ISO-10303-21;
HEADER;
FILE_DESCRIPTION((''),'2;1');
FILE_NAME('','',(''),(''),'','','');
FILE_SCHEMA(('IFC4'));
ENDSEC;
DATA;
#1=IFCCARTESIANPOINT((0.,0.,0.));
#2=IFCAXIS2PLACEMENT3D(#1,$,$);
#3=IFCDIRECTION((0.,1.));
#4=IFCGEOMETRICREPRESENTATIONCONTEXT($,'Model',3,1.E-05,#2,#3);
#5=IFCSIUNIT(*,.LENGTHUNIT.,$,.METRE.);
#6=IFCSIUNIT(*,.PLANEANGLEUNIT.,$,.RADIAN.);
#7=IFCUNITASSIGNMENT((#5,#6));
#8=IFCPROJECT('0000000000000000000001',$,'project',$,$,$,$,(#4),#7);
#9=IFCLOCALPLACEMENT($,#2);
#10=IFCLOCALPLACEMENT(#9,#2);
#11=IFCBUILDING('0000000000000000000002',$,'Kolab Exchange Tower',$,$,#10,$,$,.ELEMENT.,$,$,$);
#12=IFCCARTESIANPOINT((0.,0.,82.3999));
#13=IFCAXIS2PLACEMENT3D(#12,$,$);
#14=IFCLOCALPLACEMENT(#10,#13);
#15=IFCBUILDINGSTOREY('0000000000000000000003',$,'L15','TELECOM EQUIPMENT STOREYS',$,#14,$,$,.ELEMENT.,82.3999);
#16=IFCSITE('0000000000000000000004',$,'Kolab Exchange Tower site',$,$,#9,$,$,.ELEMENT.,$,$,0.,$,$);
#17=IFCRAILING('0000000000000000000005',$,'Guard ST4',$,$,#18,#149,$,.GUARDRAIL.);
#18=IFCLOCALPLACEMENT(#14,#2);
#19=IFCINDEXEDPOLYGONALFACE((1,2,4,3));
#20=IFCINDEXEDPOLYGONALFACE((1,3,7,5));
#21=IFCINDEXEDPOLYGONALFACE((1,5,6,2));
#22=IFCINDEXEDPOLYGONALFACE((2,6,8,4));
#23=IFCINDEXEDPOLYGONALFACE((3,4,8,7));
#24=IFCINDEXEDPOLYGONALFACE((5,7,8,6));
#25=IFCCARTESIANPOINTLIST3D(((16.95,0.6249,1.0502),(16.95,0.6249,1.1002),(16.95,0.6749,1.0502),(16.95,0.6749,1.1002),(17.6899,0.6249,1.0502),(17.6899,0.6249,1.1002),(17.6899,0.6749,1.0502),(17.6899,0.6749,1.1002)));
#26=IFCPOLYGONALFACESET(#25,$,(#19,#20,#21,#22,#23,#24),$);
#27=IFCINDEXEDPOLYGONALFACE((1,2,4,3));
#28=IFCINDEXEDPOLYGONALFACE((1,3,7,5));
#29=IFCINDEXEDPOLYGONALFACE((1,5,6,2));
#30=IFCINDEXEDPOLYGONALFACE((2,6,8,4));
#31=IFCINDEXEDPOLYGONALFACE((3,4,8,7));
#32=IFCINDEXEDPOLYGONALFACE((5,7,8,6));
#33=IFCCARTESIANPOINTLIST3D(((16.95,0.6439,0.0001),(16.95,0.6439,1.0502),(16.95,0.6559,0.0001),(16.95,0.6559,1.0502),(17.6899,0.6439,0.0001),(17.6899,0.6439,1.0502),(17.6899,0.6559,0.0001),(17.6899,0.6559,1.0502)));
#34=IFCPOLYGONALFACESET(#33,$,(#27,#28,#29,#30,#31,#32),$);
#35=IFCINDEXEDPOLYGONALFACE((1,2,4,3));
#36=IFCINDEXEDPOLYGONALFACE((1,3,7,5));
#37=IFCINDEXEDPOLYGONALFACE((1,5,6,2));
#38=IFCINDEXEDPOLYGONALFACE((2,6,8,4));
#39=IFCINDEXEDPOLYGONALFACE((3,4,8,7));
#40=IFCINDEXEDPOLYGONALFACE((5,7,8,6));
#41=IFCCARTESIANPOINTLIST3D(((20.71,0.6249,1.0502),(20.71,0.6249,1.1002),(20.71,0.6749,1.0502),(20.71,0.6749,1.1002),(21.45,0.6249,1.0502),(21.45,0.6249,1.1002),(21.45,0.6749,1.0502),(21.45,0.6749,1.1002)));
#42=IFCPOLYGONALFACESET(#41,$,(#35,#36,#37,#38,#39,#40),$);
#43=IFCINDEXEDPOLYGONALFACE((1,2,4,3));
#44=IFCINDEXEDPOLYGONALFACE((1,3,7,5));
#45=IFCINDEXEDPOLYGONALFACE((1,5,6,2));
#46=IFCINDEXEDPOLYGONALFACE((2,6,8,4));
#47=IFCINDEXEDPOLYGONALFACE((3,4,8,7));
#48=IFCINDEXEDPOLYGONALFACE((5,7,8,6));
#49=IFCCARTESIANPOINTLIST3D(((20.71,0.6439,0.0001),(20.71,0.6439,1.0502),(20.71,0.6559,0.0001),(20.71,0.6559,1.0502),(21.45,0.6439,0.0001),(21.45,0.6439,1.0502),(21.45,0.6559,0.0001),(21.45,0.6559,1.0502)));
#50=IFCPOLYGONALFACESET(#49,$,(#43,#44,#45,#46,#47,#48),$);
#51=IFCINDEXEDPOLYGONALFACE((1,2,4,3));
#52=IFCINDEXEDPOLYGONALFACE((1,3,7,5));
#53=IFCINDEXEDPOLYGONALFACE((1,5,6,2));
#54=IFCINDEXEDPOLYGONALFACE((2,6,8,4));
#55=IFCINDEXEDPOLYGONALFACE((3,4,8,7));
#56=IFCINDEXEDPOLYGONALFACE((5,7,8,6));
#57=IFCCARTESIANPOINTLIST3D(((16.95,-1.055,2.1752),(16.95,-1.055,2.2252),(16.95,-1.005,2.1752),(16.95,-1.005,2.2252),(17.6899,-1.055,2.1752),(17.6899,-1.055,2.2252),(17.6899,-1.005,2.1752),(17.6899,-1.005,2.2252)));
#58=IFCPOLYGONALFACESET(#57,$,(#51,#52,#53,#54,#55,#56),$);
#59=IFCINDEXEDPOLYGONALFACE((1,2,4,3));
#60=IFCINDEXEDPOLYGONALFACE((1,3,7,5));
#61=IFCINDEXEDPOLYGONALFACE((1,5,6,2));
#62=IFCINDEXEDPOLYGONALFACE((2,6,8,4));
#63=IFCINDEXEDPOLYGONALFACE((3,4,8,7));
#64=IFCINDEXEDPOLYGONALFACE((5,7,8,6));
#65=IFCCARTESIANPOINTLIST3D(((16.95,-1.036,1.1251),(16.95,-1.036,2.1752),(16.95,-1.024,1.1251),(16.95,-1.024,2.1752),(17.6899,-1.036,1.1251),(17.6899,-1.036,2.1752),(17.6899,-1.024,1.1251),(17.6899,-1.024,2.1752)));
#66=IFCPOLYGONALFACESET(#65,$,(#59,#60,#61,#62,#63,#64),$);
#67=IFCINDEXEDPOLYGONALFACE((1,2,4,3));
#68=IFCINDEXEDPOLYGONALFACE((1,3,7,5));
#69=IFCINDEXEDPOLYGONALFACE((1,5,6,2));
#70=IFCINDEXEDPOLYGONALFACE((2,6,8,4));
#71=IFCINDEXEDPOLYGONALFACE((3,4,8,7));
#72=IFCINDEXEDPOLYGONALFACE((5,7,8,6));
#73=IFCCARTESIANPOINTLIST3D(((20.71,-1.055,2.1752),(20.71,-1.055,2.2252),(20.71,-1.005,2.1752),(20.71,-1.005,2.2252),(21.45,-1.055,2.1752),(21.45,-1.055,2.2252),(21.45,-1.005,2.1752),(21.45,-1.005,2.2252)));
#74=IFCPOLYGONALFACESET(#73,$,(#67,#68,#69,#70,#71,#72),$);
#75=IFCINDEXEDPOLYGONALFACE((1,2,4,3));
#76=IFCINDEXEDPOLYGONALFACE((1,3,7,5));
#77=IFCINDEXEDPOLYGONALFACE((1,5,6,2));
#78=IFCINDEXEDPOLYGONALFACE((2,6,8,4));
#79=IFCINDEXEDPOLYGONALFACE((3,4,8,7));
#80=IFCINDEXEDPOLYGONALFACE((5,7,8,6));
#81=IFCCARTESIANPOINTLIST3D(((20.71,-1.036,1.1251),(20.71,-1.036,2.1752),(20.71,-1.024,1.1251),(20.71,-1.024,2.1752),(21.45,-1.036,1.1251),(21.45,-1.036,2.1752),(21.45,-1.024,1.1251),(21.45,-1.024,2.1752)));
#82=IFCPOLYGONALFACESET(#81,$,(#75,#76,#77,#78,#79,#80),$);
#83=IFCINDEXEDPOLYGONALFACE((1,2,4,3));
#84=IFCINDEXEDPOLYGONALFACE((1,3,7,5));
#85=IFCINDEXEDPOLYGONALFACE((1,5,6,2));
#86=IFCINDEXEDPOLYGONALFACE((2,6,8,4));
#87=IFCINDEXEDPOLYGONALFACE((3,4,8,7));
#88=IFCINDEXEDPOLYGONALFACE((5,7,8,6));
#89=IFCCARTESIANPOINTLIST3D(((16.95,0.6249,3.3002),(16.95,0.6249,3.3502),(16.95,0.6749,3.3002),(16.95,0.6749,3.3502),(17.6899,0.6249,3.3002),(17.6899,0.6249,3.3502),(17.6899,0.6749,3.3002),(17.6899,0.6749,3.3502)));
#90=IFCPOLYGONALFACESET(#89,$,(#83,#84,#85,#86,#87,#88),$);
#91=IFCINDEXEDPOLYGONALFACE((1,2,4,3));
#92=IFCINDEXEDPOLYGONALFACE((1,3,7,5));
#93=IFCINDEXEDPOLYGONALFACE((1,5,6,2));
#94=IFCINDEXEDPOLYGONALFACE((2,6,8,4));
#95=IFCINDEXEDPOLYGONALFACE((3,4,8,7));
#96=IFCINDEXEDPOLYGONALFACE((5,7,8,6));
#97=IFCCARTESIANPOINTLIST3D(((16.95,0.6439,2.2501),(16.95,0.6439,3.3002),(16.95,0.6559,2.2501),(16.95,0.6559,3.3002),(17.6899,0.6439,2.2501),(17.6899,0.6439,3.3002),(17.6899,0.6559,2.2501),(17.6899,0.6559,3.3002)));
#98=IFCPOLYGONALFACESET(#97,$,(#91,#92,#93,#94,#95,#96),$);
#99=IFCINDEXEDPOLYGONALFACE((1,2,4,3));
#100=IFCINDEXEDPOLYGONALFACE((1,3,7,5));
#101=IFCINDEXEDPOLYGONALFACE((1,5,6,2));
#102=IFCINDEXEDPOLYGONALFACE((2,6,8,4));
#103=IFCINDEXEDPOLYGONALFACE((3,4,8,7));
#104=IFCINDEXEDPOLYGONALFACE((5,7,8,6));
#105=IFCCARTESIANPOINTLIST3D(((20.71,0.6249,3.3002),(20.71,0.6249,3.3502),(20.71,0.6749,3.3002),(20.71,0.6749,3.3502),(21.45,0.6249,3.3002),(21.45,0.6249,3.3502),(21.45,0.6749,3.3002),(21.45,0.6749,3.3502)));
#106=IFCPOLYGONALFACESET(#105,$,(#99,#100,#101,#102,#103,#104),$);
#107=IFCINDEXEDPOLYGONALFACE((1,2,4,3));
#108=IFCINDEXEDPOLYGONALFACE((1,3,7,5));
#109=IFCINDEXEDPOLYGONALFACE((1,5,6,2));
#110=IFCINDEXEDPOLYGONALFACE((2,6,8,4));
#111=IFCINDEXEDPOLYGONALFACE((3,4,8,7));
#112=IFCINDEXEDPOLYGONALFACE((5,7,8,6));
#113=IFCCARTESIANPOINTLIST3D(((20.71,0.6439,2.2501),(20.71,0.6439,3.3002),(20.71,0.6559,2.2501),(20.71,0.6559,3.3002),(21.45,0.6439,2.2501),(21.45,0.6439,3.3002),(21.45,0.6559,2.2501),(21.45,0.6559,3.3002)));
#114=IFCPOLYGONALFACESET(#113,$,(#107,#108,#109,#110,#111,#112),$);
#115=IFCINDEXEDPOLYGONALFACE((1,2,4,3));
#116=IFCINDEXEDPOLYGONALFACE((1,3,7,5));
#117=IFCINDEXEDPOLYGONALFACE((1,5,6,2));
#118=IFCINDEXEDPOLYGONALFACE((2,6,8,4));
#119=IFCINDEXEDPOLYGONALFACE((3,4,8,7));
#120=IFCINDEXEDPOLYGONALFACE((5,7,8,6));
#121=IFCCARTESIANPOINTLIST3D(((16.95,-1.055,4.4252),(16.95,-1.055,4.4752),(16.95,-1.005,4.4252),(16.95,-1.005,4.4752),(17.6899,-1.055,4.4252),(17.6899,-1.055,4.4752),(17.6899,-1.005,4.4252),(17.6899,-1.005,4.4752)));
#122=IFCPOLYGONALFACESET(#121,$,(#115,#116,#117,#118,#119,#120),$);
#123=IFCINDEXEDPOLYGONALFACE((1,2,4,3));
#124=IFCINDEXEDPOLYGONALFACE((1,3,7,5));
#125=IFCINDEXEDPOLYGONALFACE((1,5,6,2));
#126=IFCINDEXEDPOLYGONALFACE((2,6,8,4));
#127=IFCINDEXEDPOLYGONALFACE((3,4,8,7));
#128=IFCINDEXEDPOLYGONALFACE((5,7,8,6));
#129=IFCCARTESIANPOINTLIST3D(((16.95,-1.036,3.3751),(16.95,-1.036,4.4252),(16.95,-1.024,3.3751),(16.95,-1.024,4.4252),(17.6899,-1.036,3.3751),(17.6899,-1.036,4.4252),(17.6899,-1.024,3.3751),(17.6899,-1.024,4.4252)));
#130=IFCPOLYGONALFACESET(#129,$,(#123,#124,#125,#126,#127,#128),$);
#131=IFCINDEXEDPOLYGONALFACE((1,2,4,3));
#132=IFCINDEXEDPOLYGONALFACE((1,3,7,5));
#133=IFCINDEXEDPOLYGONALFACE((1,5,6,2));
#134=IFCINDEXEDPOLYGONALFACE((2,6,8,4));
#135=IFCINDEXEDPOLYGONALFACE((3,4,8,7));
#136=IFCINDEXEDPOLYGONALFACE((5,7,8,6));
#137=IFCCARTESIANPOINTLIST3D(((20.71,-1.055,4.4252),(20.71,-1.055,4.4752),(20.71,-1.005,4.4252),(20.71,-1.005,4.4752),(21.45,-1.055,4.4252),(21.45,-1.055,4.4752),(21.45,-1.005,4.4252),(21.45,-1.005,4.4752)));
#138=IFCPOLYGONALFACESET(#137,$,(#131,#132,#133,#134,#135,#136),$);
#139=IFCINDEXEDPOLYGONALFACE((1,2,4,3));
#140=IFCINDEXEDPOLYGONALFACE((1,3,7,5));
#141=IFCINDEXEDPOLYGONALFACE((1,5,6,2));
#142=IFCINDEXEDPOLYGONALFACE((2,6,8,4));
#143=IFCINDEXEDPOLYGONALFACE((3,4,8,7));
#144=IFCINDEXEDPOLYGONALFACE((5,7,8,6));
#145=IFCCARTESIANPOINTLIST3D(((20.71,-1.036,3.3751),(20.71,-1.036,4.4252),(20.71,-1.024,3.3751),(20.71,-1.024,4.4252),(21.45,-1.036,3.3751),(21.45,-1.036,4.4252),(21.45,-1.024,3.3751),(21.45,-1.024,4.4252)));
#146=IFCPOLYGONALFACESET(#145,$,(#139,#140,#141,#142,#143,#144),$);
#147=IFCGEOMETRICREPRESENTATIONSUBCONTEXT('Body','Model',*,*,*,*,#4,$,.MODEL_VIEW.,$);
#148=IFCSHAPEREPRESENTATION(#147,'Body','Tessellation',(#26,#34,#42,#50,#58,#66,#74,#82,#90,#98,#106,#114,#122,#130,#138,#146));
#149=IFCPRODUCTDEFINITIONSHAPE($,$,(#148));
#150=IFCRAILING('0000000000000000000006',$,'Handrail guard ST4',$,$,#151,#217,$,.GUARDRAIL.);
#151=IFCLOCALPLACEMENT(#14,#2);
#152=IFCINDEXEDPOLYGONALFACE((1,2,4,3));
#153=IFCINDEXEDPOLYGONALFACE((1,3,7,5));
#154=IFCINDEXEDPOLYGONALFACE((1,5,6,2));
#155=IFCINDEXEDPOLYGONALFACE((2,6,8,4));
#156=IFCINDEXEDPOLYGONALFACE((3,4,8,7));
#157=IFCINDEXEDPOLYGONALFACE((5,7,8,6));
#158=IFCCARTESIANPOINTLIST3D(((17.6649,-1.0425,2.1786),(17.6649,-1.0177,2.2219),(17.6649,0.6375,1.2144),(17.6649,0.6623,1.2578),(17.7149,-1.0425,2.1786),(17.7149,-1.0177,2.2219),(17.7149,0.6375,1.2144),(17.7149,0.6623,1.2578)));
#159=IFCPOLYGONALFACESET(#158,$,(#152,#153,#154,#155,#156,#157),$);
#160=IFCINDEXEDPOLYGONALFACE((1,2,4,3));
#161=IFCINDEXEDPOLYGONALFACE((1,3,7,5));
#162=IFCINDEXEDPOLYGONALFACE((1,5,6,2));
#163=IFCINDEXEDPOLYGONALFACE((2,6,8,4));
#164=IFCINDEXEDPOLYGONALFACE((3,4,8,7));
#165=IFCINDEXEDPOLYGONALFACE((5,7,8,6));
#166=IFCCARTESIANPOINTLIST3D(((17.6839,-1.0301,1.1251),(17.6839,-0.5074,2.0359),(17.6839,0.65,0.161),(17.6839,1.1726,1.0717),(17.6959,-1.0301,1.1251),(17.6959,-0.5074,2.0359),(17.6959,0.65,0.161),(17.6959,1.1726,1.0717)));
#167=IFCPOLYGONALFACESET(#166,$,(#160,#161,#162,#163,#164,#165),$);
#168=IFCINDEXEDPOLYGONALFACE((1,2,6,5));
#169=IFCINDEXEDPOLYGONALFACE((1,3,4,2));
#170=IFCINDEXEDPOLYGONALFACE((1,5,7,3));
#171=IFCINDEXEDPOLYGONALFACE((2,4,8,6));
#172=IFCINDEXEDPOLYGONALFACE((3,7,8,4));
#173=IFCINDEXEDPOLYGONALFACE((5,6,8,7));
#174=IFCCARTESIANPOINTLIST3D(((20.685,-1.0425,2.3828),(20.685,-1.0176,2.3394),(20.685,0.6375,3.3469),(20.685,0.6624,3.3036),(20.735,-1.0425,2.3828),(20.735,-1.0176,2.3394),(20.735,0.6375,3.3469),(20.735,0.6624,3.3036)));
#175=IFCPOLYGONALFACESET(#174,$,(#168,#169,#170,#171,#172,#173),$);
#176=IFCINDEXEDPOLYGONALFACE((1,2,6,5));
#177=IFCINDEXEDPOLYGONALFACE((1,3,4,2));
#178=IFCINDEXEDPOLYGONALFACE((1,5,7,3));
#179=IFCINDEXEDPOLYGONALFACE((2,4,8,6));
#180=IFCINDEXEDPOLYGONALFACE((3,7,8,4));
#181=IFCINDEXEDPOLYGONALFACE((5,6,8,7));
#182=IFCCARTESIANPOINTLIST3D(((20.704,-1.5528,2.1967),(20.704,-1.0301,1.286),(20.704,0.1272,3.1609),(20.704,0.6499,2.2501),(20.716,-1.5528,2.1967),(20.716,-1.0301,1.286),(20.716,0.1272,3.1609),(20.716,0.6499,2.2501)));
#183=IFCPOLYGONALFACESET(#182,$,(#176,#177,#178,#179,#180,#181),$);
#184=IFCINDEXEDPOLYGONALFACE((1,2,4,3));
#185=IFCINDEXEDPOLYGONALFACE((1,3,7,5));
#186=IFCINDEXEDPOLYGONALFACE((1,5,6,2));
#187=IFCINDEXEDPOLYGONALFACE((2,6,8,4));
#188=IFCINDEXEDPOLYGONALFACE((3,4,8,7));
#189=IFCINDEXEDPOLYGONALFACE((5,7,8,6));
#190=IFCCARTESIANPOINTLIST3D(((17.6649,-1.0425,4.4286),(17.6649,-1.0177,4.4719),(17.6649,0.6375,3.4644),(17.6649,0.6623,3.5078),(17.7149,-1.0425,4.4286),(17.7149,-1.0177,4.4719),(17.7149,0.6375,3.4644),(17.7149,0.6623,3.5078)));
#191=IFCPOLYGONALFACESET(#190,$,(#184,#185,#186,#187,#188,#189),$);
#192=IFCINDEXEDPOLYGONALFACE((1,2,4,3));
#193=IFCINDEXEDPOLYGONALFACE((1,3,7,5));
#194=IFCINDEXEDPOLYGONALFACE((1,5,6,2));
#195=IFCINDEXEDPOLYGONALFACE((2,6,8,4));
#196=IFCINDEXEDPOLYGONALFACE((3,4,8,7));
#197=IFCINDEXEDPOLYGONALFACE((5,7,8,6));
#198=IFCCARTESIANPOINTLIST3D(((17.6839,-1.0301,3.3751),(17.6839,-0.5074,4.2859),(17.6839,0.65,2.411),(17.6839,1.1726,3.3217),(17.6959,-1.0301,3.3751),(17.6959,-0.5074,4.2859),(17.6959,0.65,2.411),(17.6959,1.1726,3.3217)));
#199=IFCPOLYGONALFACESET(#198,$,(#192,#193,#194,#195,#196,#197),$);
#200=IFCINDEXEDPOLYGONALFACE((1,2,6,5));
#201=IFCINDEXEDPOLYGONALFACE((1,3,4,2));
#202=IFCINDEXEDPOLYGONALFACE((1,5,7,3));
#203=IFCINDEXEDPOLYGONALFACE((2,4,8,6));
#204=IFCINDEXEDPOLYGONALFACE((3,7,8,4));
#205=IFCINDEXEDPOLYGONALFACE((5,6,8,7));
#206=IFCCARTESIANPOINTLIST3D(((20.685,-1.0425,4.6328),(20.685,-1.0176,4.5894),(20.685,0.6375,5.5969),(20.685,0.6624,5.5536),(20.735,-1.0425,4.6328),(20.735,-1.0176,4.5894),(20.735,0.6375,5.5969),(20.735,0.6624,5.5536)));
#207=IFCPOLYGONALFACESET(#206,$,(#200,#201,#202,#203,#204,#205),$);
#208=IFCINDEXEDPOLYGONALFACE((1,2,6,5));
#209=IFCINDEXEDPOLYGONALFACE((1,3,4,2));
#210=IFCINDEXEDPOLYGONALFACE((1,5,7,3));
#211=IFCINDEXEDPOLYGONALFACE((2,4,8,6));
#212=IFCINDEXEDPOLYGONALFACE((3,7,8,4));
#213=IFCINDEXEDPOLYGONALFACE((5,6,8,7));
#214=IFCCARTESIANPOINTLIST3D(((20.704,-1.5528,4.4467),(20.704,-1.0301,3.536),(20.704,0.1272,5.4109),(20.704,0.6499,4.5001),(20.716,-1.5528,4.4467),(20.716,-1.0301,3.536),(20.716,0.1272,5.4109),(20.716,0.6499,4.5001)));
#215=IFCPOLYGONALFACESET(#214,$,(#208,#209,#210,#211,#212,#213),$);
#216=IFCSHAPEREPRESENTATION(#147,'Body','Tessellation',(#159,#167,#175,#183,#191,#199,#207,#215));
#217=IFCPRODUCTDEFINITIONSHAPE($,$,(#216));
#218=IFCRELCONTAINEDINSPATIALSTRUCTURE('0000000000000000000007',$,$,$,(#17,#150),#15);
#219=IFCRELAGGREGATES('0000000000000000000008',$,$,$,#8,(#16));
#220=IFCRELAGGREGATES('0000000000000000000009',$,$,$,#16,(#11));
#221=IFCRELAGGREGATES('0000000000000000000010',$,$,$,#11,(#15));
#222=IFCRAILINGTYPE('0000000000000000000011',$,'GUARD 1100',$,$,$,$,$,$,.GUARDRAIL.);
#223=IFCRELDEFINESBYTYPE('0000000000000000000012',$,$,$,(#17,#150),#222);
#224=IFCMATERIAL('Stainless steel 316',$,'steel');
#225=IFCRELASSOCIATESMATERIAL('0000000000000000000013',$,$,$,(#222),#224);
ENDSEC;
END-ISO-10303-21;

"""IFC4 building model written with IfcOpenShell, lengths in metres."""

from ifc_helpers import new_model, si_unit, direction, frame, frame_2d, origin, origin_2d, place, context, subcontext, project, spatial, rectangle, extrude, material, type_object, element, save


model = new_model("IFC4")

# Units and contexts
model_context = context("Model", 3, precision=1e-05, world=origin(), true_north=direction((0.0, 1.0)))
body_context = subcontext(model_context, "Body", "Model", "MODEL_VIEW")
ifc_project = project(units=[si_unit("LENGTHUNIT", "METRE"), si_unit("PLANEANGLEUNIT", "RADIAN")], contexts=[model_context])

# Site, building, storey
site_placement = place(None, origin())
site = spatial("IfcSite", under=ifc_project, at=site_placement, Name="Kolab Exchange Tower site", CompositionType="ELEMENT", RefElevation=0.0)
building_placement = place(site_placement, origin())
building = spatial("IfcBuilding", under=site, at=building_placement, Name="Kolab Exchange Tower", CompositionType="ELEMENT")
storey_placement = place(building_placement, frame((0.0, 0.0, 82.3999)))
storey = spatial("IfcBuildingStorey", under=building, at=storey_placement, Name="L15", Description="TELECOM EQUIPMENT STOREYS", CompositionType="ELEMENT", Elevation=82.3999)

# Railings
ifc_material_1 = material(Name="Stainless steel 316", Category="steel")
railing_type = type_object("IfcRailingType", Name="GUARD 1100", PredefinedType="GUARDRAIL", material=ifc_material_1)
railing_1_placement = place(storey_placement, frame((16.95, 0.6499, 0.0)))
element("IfcRailing", 1, at=railing_1_placement, inside=storey, type_object=railing_type, Name="Guard ST4", PredefinedType="GUARDRAIL", context=body_context, shape_type="SweptSolid", body=[
    extrude(rectangle(XDim=0.05, YDim=0.05, at=origin_2d()), frame((0.0, 0.0, 1.0752), z_axis=(1.0, 0.0, 0.0), x_axis=(0.0, 1.0, 0.0)), (0.0, 0.0, 1.0), 0.74),
    extrude(rectangle(XDim=0.012, YDim=1.0501, at=frame_2d((0.0, 0.5251))), frame((0.0, 0.0, 0.0), z_axis=(1.0, 0.0, 0.0), x_axis=(0.0, 1.0, 0.0)), (0.0, 0.0, 1.0), 0.74),
    extrude(rectangle(XDim=0.05, YDim=0.05, at=origin_2d()), frame((3.76, 0.0, 1.0752), z_axis=(1.0, 0.0, 0.0), x_axis=(0.0, 1.0, 0.0)), (0.0, 0.0, 1.0), 0.74),
    extrude(rectangle(XDim=0.012, YDim=1.0501, at=frame_2d((0.0, 0.5251))), frame((3.76, 0.0, 0.0), z_axis=(1.0, 0.0, 0.0), x_axis=(0.0, 1.0, 0.0)), (0.0, 0.0, 1.0), 0.74),
    extrude(rectangle(XDim=0.05, YDim=0.05, at=origin_2d()), frame((0.0, -1.6799, 2.2002), z_axis=(1.0, 0.0, 0.0), x_axis=(0.0, 1.0, 0.0)), (0.0, 0.0, 1.0), 0.74),
    extrude(rectangle(XDim=0.012, YDim=1.0501, at=frame_2d((0.0, 0.5251))), frame((0.0, -1.6799, 1.125), z_axis=(1.0, 0.0, 0.0), x_axis=(0.0, 1.0, 0.0)), (0.0, 0.0, 1.0), 0.74),
    extrude(rectangle(XDim=0.05, YDim=0.05, at=origin_2d()), frame((3.76, -1.6799, 2.2002), z_axis=(1.0, 0.0, 0.0), x_axis=(0.0, 1.0, 0.0)), (0.0, 0.0, 1.0), 0.74),
    extrude(rectangle(XDim=0.012, YDim=1.0501, at=frame_2d((0.0, 0.5251))), frame((3.76, -1.6799, 1.125), z_axis=(1.0, 0.0, 0.0), x_axis=(0.0, 1.0, 0.0)), (0.0, 0.0, 1.0), 0.74),
    extrude(rectangle(XDim=0.05, YDim=0.05, at=origin_2d()), frame((0.0, 0.0, 3.3252), z_axis=(1.0, 0.0, 0.0), x_axis=(0.0, 1.0, 0.0)), (0.0, 0.0, 1.0), 0.74),
    extrude(rectangle(XDim=0.012, YDim=1.0501, at=frame_2d((0.0, 0.5251))), frame((0.0, 0.0, 2.25), z_axis=(1.0, 0.0, 0.0), x_axis=(0.0, 1.0, 0.0)), (0.0, 0.0, 1.0), 0.74),
    extrude(rectangle(XDim=0.05, YDim=0.05, at=origin_2d()), frame((3.76, 0.0, 3.3252), z_axis=(1.0, 0.0, 0.0), x_axis=(0.0, 1.0, 0.0)), (0.0, 0.0, 1.0), 0.74),
    extrude(rectangle(XDim=0.012, YDim=1.0501, at=frame_2d((0.0, 0.5251))), frame((3.76, 0.0, 2.25), z_axis=(1.0, 0.0, 0.0), x_axis=(0.0, 1.0, 0.0)), (0.0, 0.0, 1.0), 0.74),
    extrude(rectangle(XDim=0.05, YDim=0.05, at=origin_2d()), frame((0.0, -1.6799, 4.4502), z_axis=(1.0, 0.0, 0.0), x_axis=(0.0, 1.0, 0.0)), (0.0, 0.0, 1.0), 0.74),
    extrude(rectangle(XDim=0.012, YDim=1.0501, at=frame_2d((0.0, 0.5251))), frame((0.0, -1.6799, 3.375), z_axis=(1.0, 0.0, 0.0), x_axis=(0.0, 1.0, 0.0)), (0.0, 0.0, 1.0), 0.74),
    extrude(rectangle(XDim=0.05, YDim=0.05, at=origin_2d()), frame((3.76, -1.6799, 4.4502), z_axis=(1.0, 0.0, 0.0), x_axis=(0.0, 1.0, 0.0)), (0.0, 0.0, 1.0), 0.74),
    extrude(rectangle(XDim=0.012, YDim=1.0501, at=frame_2d((0.0, 0.5251))), frame((3.76, -1.6799, 3.375), z_axis=(1.0, 0.0, 0.0), x_axis=(0.0, 1.0, 0.0)), (0.0, 0.0, 1.0), 0.74),
])
railing_2_placement = place(storey_placement, frame((17.6899, 0.6499, 0.1609)))
element("IfcRailing", 2, at=railing_2_placement, inside=storey, type_object=railing_type, Name="Handrail guard ST4", PredefinedType="GUARDRAIL", context=body_context, shape_type="SweptSolid", body=[
    extrude(rectangle(XDim=0.05, YDim=0.05, at=origin_2d()), frame((0.0, 0.0, 1.0752), z_axis=(0.0, -0.867319, 0.497753), x_axis=(1.0, 0.0, 0.0)), (0.0, 0.0, 1.0), 1.937),
    extrude(rectangle(XDim=0.012, YDim=1.0501, at=frame_2d((0.0, 0.5251))), frame((0.0, 0.0, 0.0), z_axis=(0.0, -0.867319, 0.497753), x_axis=(1.0, 0.0, 0.0)), (0.0, 0.0, 1.0), 1.937),
    extrude(rectangle(XDim=0.05, YDim=0.05, at=origin_2d()), frame((3.02, -1.6799, 2.2002), z_axis=(0.0, 0.867319, 0.497753), x_axis=(-1.0, 0.0, 0.0)), (0.0, 0.0, 1.0), 1.937),
    extrude(rectangle(XDim=0.012, YDim=1.0501, at=frame_2d((0.0, 0.5251))), frame((3.02, -1.6799, 1.125), z_axis=(0.0, 0.867319, 0.497753), x_axis=(-1.0, 0.0, 0.0)), (0.0, 0.0, 1.0), 1.937),
    extrude(rectangle(XDim=0.05, YDim=0.05, at=origin_2d()), frame((0.0, 0.0, 3.3252), z_axis=(0.0, -0.867319, 0.497753), x_axis=(1.0, 0.0, 0.0)), (0.0, 0.0, 1.0), 1.937),
    extrude(rectangle(XDim=0.012, YDim=1.0501, at=frame_2d((0.0, 0.5251))), frame((0.0, 0.0, 2.25), z_axis=(0.0, -0.867319, 0.497753), x_axis=(1.0, 0.0, 0.0)), (0.0, 0.0, 1.0), 1.937),
    extrude(rectangle(XDim=0.05, YDim=0.05, at=origin_2d()), frame((3.02, -1.6799, 4.4502), z_axis=(0.0, 0.867319, 0.497753), x_axis=(-1.0, 0.0, 0.0)), (0.0, 0.0, 1.0), 1.937),
    extrude(rectangle(XDim=0.012, YDim=1.0501, at=frame_2d((0.0, 0.5251))), frame((3.02, -1.6799, 3.375), z_axis=(0.0, 0.867319, 0.497753), x_axis=(-1.0, 0.0, 0.0)), (0.0, 0.0, 1.0), 1.937),
])

save(model, "model.ifc")
